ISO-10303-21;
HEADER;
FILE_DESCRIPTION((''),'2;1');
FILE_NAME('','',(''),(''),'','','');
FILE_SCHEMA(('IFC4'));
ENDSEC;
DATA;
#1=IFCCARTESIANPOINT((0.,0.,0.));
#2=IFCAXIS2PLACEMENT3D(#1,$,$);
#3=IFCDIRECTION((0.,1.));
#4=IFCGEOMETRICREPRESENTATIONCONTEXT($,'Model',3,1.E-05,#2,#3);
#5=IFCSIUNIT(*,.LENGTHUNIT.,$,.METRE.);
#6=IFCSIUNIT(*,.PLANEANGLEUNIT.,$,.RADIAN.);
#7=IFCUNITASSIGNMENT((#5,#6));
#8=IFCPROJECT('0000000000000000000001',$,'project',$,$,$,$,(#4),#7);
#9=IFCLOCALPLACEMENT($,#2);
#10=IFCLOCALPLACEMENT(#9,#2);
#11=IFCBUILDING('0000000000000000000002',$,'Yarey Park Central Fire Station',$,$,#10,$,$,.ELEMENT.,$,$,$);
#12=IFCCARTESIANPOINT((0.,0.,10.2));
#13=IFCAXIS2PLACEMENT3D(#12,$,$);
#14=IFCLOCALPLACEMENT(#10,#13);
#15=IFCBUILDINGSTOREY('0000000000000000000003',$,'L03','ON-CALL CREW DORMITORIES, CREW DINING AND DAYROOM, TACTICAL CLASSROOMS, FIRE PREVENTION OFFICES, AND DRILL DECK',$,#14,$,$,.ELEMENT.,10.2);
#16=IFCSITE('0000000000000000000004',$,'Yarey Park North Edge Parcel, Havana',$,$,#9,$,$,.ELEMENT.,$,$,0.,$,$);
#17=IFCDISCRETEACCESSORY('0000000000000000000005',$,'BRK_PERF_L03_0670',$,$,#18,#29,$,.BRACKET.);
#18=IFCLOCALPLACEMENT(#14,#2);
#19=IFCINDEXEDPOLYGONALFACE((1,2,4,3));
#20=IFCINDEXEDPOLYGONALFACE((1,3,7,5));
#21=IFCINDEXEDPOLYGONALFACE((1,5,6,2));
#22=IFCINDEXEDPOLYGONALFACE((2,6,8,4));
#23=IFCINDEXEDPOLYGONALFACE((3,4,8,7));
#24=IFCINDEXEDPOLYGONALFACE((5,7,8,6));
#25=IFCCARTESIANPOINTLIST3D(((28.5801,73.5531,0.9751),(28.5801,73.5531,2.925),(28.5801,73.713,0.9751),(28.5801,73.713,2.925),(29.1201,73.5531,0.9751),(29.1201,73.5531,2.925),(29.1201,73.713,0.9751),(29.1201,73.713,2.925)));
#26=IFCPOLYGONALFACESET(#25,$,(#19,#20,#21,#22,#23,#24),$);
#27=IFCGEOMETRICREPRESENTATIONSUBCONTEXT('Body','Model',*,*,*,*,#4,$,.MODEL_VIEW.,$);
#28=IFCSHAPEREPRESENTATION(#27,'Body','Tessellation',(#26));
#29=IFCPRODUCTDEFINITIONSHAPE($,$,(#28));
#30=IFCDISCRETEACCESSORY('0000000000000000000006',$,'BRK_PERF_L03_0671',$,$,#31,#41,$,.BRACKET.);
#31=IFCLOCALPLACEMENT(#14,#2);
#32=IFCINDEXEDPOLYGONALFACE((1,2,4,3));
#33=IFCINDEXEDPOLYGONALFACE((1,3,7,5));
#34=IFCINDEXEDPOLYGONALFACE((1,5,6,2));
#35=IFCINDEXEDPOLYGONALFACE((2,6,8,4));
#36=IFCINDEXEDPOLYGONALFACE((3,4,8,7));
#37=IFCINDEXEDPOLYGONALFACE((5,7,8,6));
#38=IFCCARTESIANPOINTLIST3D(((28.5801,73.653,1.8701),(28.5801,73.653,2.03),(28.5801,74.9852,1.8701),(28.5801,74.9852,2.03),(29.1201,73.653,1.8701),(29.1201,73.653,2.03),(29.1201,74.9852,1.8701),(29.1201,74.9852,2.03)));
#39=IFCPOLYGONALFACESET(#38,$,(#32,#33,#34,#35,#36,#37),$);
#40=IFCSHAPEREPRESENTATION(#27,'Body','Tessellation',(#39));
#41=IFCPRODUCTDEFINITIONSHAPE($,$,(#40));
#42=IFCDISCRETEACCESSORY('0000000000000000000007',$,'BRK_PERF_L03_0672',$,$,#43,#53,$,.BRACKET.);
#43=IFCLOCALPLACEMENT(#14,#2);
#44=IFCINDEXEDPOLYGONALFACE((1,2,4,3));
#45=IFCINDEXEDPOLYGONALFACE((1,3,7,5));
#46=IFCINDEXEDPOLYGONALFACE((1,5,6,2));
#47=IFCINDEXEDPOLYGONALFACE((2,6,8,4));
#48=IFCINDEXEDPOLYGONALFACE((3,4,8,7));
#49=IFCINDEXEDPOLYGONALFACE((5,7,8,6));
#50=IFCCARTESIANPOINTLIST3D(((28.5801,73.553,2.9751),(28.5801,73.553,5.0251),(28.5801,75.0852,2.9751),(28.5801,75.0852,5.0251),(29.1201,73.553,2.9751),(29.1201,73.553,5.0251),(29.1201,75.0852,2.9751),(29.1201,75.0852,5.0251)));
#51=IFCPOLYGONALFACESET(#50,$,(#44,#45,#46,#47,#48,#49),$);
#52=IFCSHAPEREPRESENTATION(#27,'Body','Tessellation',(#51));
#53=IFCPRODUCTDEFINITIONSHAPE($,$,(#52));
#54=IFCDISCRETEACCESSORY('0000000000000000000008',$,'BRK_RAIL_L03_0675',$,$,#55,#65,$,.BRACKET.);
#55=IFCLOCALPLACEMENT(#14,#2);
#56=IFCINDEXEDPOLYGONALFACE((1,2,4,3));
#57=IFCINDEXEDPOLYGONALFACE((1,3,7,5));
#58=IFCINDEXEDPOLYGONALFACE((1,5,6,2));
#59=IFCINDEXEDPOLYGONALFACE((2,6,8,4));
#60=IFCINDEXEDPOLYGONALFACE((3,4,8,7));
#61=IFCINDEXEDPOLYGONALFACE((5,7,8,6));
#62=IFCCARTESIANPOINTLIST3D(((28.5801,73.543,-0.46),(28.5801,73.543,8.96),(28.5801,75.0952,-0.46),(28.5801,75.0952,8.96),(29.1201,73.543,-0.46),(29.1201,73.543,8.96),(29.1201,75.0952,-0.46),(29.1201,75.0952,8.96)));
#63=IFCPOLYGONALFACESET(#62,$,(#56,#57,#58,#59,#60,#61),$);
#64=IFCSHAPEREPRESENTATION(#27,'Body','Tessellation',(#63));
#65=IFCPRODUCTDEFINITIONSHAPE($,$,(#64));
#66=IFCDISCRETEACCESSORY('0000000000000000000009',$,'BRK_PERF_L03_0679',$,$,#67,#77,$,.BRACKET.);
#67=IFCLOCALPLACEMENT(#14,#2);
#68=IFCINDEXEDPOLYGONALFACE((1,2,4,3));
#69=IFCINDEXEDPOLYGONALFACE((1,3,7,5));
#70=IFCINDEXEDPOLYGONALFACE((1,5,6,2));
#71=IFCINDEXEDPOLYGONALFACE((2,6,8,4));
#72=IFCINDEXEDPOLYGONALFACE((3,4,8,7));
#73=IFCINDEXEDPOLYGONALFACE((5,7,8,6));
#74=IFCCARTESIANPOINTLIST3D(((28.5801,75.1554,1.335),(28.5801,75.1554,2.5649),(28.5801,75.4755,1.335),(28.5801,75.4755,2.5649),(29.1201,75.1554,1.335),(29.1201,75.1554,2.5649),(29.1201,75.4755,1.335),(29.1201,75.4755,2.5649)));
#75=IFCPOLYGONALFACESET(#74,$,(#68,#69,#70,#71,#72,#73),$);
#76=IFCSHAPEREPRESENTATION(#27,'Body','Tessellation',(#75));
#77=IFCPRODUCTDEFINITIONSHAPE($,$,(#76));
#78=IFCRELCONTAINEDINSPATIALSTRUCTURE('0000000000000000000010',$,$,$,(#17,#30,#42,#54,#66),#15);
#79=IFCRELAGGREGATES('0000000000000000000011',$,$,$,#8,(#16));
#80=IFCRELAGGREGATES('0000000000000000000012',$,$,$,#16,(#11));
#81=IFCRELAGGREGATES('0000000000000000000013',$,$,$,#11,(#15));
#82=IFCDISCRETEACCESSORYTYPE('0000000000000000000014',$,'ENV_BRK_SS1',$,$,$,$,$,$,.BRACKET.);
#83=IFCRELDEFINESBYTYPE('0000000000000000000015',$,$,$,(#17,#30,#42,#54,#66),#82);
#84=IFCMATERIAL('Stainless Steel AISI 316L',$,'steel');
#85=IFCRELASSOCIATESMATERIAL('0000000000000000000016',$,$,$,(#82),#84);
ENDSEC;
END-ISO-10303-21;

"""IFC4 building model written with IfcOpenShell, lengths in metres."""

from ifc_helpers import new_model, si_unit, direction, frame, origin, origin_2d, place, context, subcontext, project, spatial, rectangle, extrude, material, type_object, element, save


model = new_model("IFC4")

# Units and contexts
model_context = context("Model", 3, precision=1e-05, world=origin(), true_north=direction((0.0, 1.0)))
body_context = subcontext(model_context, "Body", "Model", "MODEL_VIEW")
ifc_project = project(units=[si_unit("LENGTHUNIT", "METRE"), si_unit("PLANEANGLEUNIT", "RADIAN")], contexts=[model_context])

# Site, building, storey
site_placement = place(None, origin())
site = spatial("IfcSite", under=ifc_project, at=site_placement, Name="Yarey Park North Edge Parcel, Havana", CompositionType="ELEMENT", RefElevation=0.0)
building_placement = place(site_placement, origin())
building = spatial("IfcBuilding", under=site, at=building_placement, Name="Yarey Park Central Fire Station", CompositionType="ELEMENT")
storey_placement = place(building_placement, frame((0.0, 0.0, 10.2)))
storey = spatial("IfcBuildingStorey", under=building, at=storey_placement, Name="L03", Description="ON-CALL CREW DORMITORIES, CREW DINING AND DAYROOM, TACTICAL CLASSROOMS, FIRE PREVENTION OFFICES, AND DRILL DECK", CompositionType="ELEMENT", Elevation=10.2)

# Shared definitions
ifc_material_1 = material(Name="Stainless Steel AISI 316L", Category="steel")

# Discrete accessories
discrete_accessory_type = type_object("IfcDiscreteAccessoryType", Name="ENV_BRK_SS1", PredefinedType="BRACKET", material=ifc_material_1)
discrete_accessory_1_placement = place(storey_placement, frame((28.8501, 73.6331, 0.9751), z_axis=(0.0, 0.0, 1.0), x_axis=(1.0, 0.0, 0.0)))
element("IfcDiscreteAccessory", 1, at=discrete_accessory_1_placement, inside=storey, type_object=discrete_accessory_type, Name="BRK_PERF_L03_0670", PredefinedType="BRACKET", context=body_context, shape_type="SweptSolid", body=[
    extrude(rectangle(XDim=0.54, YDim=0.1599, at=origin_2d()), origin(), (0.0, 0.0, 1.0), 1.95),
])
discrete_accessory_2_placement = place(storey_placement, frame((28.8501, 74.3191, 1.8701), z_axis=(0.0, 0.0, 1.0), x_axis=(1.0, 0.0, 0.0)))
element("IfcDiscreteAccessory", 2, at=discrete_accessory_2_placement, inside=storey, type_object=discrete_accessory_type, Name="BRK_PERF_L03_0671", PredefinedType="BRACKET", context=body_context, shape_type="SweptSolid", body=[
    extrude(rectangle(XDim=0.54, YDim=1.3323, at=origin_2d()), origin(), (0.0, 0.0, 1.0), 0.1599),
])
discrete_accessory_3_placement = place(storey_placement, frame((28.8501, 74.3191, 2.9751), z_axis=(0.0, 0.0, 1.0), x_axis=(1.0, 0.0, 0.0)))
element("IfcDiscreteAccessory", 3, at=discrete_accessory_3_placement, inside=storey, type_object=discrete_accessory_type, Name="BRK_PERF_L03_0672", PredefinedType="BRACKET", context=body_context, shape_type="SweptSolid", body=[
    extrude(rectangle(XDim=0.54, YDim=1.5322, at=origin_2d()), origin(), (0.0, 0.0, 1.0), 2.05),
])
discrete_accessory_4_placement = place(storey_placement, frame((28.8501, 74.3191, -0.46), z_axis=(0.0, 0.0, 1.0), x_axis=(1.0, 0.0, 0.0)))
element("IfcDiscreteAccessory", 4, at=discrete_accessory_4_placement, inside=storey, type_object=discrete_accessory_type, Name="BRK_RAIL_L03_0675", PredefinedType="BRACKET", context=body_context, shape_type="SweptSolid", body=[
    extrude(rectangle(XDim=0.54, YDim=1.5522, at=origin_2d()), origin(), (0.0, 0.0, 1.0), 9.4199),
])
discrete_accessory_5_placement = place(storey_placement, frame((28.8501, 75.3154, 1.335), z_axis=(0.0, 0.0, 1.0), x_axis=(1.0, 0.0, 0.0)))
element("IfcDiscreteAccessory", 5, at=discrete_accessory_5_placement, inside=storey, type_object=discrete_accessory_type, Name="BRK_PERF_L03_0679", PredefinedType="BRACKET", context=body_context, shape_type="SweptSolid", body=[
    extrude(rectangle(XDim=0.54, YDim=0.3201, at=origin_2d()), origin(), (0.0, 0.0, 1.0), 1.23),
])

save(model, "model.ifc")
